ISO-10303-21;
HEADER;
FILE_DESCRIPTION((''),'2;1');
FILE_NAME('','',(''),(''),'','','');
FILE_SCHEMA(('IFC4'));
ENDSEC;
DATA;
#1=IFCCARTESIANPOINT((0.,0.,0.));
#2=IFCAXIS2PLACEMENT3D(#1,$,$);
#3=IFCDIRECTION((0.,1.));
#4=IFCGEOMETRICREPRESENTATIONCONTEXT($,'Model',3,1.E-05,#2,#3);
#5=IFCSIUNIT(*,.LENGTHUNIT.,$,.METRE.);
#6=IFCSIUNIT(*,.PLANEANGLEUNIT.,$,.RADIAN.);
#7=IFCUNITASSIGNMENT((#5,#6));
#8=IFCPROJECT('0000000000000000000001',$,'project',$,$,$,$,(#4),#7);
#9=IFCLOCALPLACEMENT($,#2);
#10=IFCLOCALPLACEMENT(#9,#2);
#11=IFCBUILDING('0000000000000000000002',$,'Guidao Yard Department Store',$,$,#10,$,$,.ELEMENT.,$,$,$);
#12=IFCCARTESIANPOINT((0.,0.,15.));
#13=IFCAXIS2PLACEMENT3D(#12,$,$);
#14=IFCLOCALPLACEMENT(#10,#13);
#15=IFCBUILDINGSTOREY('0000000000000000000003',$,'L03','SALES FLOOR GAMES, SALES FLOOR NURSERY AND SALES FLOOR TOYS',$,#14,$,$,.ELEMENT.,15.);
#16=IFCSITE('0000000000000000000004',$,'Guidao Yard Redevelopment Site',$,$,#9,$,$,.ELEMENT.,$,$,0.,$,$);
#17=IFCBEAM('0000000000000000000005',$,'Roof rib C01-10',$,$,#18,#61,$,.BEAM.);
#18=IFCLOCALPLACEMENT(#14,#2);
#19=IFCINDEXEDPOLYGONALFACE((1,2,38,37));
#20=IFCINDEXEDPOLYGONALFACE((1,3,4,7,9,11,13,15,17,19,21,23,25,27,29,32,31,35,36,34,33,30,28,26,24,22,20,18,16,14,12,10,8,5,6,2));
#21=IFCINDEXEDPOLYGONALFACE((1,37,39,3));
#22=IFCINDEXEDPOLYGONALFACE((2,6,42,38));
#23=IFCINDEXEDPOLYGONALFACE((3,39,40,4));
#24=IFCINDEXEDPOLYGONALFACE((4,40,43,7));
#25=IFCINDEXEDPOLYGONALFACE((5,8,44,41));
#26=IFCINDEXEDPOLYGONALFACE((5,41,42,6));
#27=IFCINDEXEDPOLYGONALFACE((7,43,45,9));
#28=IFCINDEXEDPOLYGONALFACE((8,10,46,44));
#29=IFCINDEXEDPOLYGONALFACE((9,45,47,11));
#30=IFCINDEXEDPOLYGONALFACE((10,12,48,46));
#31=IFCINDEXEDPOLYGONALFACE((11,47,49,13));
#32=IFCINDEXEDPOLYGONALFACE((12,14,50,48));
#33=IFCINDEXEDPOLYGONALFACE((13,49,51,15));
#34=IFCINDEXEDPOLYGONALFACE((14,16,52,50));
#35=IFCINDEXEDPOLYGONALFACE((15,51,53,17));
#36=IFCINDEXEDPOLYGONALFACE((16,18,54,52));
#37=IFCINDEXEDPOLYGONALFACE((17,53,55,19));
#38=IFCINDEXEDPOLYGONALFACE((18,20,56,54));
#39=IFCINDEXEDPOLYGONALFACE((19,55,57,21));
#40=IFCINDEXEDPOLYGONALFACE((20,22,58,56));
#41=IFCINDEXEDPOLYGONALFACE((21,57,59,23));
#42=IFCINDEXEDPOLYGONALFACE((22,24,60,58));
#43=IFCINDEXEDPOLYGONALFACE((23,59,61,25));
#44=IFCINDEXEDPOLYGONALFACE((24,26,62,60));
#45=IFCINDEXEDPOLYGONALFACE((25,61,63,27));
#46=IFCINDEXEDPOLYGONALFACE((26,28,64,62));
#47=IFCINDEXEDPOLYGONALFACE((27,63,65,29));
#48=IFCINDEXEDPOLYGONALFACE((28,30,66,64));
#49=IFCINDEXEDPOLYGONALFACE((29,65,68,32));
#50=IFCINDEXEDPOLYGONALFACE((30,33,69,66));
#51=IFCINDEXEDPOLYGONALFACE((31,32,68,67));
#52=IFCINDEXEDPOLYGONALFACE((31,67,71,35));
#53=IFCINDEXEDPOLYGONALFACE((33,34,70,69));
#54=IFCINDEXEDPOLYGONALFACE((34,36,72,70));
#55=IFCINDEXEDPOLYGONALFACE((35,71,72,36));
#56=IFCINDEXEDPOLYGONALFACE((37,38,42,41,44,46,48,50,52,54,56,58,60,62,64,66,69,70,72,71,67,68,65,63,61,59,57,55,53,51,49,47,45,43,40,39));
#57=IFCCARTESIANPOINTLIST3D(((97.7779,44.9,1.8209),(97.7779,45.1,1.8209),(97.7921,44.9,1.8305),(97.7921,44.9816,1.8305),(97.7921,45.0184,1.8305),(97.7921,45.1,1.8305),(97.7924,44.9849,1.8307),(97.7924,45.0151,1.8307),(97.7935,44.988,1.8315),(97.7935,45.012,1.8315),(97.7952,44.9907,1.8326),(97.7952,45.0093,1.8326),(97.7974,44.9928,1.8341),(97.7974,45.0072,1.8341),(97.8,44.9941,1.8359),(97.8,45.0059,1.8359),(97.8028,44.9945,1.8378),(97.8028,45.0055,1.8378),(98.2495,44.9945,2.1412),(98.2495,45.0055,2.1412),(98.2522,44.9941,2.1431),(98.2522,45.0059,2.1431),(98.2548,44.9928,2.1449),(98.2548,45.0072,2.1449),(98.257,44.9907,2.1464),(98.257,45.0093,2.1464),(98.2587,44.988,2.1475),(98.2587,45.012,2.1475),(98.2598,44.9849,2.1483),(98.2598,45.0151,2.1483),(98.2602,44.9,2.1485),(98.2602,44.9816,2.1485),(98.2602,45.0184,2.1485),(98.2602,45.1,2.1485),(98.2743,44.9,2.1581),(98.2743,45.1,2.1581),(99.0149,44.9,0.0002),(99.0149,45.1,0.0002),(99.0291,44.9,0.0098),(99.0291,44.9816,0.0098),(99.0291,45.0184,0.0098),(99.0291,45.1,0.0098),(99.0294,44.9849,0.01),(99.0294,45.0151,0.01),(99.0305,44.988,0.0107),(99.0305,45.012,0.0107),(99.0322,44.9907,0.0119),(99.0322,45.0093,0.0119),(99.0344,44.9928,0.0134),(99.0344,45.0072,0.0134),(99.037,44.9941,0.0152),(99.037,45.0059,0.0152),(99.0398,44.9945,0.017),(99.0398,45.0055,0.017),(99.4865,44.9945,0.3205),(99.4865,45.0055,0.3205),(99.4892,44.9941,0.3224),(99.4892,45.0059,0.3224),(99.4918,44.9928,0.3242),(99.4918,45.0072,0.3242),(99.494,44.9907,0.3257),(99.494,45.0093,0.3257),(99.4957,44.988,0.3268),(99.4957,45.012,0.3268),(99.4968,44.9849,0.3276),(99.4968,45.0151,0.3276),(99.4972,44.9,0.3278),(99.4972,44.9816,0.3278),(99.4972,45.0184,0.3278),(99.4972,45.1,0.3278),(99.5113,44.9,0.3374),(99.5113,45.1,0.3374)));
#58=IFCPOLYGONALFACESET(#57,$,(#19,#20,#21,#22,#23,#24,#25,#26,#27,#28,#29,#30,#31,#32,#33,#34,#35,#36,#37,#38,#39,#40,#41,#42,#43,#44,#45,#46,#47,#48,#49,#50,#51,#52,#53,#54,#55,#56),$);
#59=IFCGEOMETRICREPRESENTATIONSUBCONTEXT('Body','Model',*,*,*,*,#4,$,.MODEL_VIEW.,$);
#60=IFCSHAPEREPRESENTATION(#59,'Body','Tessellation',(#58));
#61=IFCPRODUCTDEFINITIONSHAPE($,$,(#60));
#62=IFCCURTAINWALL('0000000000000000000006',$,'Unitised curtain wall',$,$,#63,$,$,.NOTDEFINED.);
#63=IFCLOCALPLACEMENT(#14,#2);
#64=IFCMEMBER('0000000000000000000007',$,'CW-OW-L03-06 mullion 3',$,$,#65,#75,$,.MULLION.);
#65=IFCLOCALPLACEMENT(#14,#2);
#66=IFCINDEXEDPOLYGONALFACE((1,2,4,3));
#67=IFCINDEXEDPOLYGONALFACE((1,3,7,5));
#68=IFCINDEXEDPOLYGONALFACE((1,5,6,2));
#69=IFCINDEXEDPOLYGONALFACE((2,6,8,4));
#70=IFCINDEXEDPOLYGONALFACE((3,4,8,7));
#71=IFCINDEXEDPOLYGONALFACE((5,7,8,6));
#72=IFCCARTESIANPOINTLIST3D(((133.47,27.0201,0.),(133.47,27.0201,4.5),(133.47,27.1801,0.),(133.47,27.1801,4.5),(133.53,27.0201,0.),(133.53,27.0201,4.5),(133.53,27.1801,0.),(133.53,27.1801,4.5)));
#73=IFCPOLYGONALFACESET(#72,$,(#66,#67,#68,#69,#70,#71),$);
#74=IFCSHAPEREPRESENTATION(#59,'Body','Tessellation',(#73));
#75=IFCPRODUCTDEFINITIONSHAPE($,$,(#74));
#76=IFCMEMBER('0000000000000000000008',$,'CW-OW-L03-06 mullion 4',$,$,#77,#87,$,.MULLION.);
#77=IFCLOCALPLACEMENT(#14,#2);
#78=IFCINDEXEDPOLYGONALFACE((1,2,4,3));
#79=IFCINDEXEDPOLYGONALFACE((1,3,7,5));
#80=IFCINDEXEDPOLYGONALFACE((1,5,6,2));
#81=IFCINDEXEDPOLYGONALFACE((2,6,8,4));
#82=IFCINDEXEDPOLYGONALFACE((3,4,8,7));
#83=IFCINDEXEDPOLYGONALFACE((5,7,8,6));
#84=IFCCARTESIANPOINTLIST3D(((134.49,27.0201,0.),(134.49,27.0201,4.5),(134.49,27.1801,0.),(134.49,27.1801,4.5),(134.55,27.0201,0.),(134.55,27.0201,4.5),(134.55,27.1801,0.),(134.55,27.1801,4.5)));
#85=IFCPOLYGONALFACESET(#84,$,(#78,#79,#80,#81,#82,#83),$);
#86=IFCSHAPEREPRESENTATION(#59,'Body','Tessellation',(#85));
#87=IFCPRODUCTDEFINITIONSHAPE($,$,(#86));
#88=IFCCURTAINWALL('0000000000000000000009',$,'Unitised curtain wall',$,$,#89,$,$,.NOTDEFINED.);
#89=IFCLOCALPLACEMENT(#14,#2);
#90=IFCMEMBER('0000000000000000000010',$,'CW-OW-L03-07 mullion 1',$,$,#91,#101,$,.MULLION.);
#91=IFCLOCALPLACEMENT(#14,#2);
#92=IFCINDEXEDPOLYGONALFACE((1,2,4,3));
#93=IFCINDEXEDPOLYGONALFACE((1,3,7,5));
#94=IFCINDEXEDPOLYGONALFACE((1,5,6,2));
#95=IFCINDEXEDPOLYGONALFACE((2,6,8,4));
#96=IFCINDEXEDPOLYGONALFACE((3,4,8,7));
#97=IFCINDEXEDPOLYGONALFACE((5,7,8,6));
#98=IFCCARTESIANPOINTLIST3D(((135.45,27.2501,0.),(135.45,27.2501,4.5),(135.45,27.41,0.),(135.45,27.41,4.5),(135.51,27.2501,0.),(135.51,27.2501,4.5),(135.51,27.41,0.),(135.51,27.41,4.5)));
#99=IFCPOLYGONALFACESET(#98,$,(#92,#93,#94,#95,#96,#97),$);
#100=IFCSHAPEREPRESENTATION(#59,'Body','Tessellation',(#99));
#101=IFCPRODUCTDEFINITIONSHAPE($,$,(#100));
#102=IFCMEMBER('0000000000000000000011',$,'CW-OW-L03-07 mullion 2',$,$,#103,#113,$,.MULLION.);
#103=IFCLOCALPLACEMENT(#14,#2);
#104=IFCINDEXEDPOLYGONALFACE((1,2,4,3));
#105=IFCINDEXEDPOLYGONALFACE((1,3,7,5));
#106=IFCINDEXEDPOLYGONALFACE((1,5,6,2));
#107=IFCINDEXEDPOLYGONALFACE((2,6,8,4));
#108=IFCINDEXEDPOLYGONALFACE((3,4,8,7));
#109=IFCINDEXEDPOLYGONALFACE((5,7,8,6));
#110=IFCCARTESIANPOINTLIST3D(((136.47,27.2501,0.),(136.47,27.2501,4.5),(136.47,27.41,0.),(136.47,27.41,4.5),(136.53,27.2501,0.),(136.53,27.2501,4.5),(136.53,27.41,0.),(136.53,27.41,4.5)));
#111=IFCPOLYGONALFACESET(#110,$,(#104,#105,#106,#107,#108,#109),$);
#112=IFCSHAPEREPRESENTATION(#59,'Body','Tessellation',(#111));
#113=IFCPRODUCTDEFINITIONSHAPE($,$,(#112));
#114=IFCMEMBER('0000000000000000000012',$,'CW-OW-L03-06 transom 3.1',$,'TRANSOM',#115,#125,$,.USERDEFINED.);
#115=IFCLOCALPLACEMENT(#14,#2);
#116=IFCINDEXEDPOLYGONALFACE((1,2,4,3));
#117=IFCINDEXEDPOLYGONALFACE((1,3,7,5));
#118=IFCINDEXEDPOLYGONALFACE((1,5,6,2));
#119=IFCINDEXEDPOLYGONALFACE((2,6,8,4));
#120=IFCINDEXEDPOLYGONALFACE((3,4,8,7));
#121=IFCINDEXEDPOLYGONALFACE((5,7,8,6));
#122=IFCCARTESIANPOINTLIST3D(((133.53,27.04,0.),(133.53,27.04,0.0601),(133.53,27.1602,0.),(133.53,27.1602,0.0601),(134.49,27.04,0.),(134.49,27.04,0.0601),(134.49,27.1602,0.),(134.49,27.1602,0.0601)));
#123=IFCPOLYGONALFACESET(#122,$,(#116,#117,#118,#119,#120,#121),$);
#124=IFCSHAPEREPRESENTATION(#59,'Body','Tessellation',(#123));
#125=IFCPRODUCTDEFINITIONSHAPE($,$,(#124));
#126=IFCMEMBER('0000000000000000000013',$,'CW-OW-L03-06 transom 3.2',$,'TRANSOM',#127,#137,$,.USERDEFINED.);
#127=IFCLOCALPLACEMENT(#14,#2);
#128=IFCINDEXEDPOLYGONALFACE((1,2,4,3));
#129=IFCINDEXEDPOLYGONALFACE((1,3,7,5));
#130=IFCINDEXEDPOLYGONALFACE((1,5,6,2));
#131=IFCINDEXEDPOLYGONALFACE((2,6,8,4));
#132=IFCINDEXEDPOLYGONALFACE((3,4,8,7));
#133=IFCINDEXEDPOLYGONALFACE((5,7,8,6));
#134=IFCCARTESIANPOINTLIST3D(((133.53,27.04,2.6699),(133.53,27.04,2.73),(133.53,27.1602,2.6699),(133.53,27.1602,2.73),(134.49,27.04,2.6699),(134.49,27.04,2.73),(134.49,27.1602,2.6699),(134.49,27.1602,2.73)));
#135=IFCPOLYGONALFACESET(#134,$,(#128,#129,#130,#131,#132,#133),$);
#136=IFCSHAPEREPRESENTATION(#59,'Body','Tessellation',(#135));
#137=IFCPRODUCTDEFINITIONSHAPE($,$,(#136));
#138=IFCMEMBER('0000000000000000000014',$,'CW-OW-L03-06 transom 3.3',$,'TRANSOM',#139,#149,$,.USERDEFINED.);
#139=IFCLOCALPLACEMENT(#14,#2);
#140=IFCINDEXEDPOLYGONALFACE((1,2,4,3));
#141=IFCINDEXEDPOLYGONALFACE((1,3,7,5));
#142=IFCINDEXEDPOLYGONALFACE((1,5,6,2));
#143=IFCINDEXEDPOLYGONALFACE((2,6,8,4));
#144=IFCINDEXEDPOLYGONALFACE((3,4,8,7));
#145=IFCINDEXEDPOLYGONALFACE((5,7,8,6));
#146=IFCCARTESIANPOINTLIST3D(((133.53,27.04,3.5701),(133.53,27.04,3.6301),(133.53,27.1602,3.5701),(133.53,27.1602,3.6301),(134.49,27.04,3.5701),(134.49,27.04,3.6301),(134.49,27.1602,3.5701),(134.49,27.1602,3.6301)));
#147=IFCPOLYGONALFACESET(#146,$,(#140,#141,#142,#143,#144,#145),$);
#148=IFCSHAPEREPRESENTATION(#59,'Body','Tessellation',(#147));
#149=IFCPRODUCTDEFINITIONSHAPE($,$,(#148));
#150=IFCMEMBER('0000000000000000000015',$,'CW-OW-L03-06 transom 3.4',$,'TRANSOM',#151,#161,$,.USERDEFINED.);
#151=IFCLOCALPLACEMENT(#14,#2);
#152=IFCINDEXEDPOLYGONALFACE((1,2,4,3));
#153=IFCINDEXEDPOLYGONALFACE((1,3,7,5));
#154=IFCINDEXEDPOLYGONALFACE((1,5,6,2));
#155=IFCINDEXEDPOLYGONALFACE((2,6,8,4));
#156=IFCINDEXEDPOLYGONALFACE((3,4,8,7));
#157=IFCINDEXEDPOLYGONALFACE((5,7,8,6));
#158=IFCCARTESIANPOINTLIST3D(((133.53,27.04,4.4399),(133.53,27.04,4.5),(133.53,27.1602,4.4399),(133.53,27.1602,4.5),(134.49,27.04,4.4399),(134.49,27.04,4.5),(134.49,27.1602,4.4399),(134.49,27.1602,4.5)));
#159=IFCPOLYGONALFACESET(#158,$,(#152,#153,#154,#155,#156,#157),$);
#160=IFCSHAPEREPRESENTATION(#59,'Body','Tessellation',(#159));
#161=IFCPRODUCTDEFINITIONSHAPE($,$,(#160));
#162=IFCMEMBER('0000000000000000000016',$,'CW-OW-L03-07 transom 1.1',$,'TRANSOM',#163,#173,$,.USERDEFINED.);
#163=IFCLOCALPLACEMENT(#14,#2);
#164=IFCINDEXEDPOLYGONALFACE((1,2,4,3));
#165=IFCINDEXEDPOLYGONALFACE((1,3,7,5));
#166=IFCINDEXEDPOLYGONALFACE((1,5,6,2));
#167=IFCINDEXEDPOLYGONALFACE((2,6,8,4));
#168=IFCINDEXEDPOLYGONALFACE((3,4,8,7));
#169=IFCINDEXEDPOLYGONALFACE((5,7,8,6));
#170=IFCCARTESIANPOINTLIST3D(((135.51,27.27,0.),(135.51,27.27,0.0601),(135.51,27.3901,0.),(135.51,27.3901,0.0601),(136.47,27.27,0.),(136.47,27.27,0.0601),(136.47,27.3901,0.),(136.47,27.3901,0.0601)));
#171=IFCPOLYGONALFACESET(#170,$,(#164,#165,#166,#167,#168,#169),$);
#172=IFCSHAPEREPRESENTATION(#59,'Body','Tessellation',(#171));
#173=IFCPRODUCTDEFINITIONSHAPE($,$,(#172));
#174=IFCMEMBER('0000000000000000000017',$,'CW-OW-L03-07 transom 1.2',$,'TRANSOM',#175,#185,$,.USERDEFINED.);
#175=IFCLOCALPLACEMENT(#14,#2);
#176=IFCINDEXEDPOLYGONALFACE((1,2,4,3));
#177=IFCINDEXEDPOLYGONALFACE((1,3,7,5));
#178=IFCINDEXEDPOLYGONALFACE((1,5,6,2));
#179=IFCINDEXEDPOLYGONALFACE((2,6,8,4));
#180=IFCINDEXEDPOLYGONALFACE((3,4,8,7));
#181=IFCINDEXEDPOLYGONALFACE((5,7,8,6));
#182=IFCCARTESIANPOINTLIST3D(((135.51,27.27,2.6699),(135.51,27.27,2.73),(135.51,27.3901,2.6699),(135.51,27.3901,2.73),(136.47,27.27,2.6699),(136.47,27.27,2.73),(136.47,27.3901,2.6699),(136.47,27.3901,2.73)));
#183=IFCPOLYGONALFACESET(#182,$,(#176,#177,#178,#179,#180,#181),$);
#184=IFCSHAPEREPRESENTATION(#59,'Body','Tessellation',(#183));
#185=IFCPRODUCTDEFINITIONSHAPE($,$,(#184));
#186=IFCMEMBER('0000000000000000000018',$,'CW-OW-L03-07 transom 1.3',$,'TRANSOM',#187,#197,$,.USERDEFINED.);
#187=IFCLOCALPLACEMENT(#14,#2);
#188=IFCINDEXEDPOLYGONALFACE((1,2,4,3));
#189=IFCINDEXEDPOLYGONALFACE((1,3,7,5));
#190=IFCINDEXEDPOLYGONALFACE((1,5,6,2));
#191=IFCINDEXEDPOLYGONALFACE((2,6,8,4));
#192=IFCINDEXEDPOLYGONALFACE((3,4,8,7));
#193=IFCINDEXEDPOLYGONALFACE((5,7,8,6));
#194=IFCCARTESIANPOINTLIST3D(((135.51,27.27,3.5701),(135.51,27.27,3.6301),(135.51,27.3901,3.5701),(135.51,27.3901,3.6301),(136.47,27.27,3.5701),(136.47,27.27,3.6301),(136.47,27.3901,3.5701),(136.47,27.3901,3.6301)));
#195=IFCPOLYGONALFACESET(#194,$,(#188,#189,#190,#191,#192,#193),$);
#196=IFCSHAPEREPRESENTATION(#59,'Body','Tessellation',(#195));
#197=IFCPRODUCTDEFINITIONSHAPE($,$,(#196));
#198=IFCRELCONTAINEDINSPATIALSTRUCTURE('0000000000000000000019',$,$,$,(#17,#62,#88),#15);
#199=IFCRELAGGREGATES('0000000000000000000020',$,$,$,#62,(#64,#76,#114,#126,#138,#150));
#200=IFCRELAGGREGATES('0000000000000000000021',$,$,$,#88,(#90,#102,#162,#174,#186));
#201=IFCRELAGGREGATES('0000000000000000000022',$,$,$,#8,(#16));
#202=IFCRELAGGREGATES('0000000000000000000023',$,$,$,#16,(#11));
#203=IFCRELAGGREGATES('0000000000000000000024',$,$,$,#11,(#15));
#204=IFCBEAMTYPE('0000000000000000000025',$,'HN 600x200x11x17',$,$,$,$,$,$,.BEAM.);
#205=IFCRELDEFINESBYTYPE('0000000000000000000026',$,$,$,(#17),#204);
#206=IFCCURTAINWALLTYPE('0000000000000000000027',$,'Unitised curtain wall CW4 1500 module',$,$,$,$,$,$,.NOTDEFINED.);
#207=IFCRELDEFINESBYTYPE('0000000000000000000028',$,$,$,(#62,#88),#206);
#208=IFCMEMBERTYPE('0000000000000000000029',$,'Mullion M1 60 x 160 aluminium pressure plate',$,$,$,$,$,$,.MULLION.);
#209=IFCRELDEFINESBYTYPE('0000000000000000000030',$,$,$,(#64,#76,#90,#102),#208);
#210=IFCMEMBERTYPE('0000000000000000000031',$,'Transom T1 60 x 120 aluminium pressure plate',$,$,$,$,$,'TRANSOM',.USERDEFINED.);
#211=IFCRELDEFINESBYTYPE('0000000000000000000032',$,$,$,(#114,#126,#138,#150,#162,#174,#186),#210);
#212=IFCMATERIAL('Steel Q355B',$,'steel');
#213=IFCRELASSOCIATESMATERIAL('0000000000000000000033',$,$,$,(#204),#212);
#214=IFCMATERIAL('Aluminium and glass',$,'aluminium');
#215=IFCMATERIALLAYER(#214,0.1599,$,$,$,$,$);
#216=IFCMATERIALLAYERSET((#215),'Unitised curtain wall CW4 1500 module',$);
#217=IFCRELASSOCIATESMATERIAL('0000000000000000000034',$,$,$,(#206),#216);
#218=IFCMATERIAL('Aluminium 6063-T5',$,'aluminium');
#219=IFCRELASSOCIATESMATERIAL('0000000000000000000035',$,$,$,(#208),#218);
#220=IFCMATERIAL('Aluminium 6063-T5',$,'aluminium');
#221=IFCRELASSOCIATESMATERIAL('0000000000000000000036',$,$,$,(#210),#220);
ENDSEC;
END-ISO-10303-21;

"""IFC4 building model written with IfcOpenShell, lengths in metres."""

from ifc_helpers import new_model, si_unit, direction, frame, origin, origin_2d, place, context, subcontext, project, spatial, rectangle, i_section, extrude, material, layer, layer_set, material_profile, profile_set, type_object, element, aggregate, save


model = new_model("IFC4")

# Units and contexts
model_context = context("Model", 3, precision=1e-05, world=origin(), true_north=direction((0.0, 1.0)))
body_context = subcontext(model_context, "Body", "Model", "MODEL_VIEW")
ifc_project = project(units=[si_unit("LENGTHUNIT", "METRE"), si_unit("PLANEANGLEUNIT", "RADIAN")], contexts=[model_context])

# Site, building, storey
site_placement = place(None, origin())
site = spatial("IfcSite", under=ifc_project, at=site_placement, Name="Guidao Yard Redevelopment Site", CompositionType="ELEMENT", RefElevation=0.0)
building_placement = place(site_placement, origin())
building = spatial("IfcBuilding", under=site, at=building_placement, Name="Guidao Yard Department Store", CompositionType="ELEMENT")
storey_placement = place(building_placement, frame((0.0, 0.0, 15.0)))
storey = spatial("IfcBuildingStorey", under=building, at=storey_placement, Name="L03", Description="SALES FLOOR GAMES, SALES FLOOR NURSERY AND SALES FLOOR TOYS", CompositionType="ELEMENT", Elevation=15.0)

# Beam
ifc_material_1 = material(Name="Steel Q355B", Category="steel")
ifc_material_profile_1 = material_profile(ifc_material_1, i_section(OverallWidth=0.2, OverallDepth=0.6001, WebThickness=0.011, FlangeThickness=0.0171, FilletRadius=0.0129, at=origin_2d()), Name="HN 600x200x11x17")
ifc_profile_set_1 = profile_set([ifc_material_profile_1], Name="Steel Q355B")
beam_type_1 = type_object("IfcBeamType", Name="HN 600x200x11x17", PredefinedType="BEAM", material=ifc_profile_set_1)
beam_1_placement = place(storey_placement, frame((98.0261, 45.0, 1.9895), z_axis=(0.561973, 0.0, -0.827155), x_axis=(0.0, 1.0, 0.0)))
element("IfcBeam", 1, at=beam_1_placement, inside=storey, type_object=beam_type_1, Name="Roof rib C01-10", PredefinedType="BEAM", context=body_context, shape_type="SweptSolid", body=[
    extrude(i_section(OverallWidth=0.2, OverallDepth=0.6001, WebThickness=0.011, FlangeThickness=0.0171, FilletRadius=0.0129, at=origin_2d()), origin(), (0.0, 0.0, 1.0), 2.2012),
])

# Curtain walls, members
ifc_material_2 = material(Name="Aluminium and glass", Category="aluminium")
ifc_layer_1 = layer(ifc_material_2, 0.1599)
ifc_layer_set_1 = layer_set([ifc_layer_1], Name="Unitised curtain wall CW4 1500 module")
curtain_wall_type = type_object("IfcCurtainWallType", Name="Unitised curtain wall CW4 1500 module", PredefinedType="NOTDEFINED", material=ifc_layer_set_1)
curtain_wall_1_placement = place(storey_placement, origin())
curtain_wall_1 = element("IfcCurtainWall", 2, at=curtain_wall_1_placement, inside=storey, type_object=curtain_wall_type, Name="Unitised curtain wall", PredefinedType="NOTDEFINED")
ifc_material_3 = material(Name="Aluminium 6063-T5", Category="aluminium")
ifc_material_profile_2 = material_profile(ifc_material_3, rectangle(XDim=0.0601, YDim=0.1599, at=origin_2d()), Name="Mullion M1 60 x 160 aluminium pressure plate")
ifc_profile_set_2 = profile_set([ifc_material_profile_2], Name="Aluminium 6063-T5")
member_type_1 = type_object("IfcMemberType", Name="Mullion M1 60 x 160 aluminium pressure plate", PredefinedType="MULLION", material=ifc_profile_set_2)
member_1_placement = place(storey_placement, frame((133.5, 27.1001, 0.0), z_axis=(0.0, 0.0, 1.0), x_axis=(1.0, 0.0, 0.0)))
member_1 = element("IfcMember", 3, at=member_1_placement, type_object=member_type_1, Name="CW-OW-L03-06 mullion 3", PredefinedType="MULLION", context=body_context, shape_type="SweptSolid", body=[
    extrude(rectangle(XDim=0.0601, YDim=0.1599, at=origin_2d()), origin(), (0.0, 0.0, 1.0), 4.5),
])
member_2_placement = place(storey_placement, frame((134.52, 27.1001, 0.0), z_axis=(0.0, 0.0, 1.0), x_axis=(1.0, 0.0, 0.0)))
member_2 = element("IfcMember", 4, at=member_2_placement, type_object=member_type_1, Name="CW-OW-L03-06 mullion 4", PredefinedType="MULLION", context=body_context, shape_type="SweptSolid", body=[
    extrude(rectangle(XDim=0.0601, YDim=0.1599, at=origin_2d()), origin(), (0.0, 0.0, 1.0), 4.5),
])
curtain_wall_2_placement = place(storey_placement, origin())
curtain_wall_2 = element("IfcCurtainWall", 5, at=curtain_wall_2_placement, inside=storey, type_object=curtain_wall_type, Name="Unitised curtain wall", PredefinedType="NOTDEFINED")
member_3_placement = place(storey_placement, frame((135.48, 27.3301, 0.0), z_axis=(0.0, 0.0, 1.0), x_axis=(1.0, 0.0, 0.0)))
member_3 = element("IfcMember", 6, at=member_3_placement, type_object=member_type_1, Name="CW-OW-L03-07 mullion 1", PredefinedType="MULLION", context=body_context, shape_type="SweptSolid", body=[
    extrude(rectangle(XDim=0.0601, YDim=0.1599, at=origin_2d()), origin(), (0.0, 0.0, 1.0), 4.5),
])
member_4_placement = place(storey_placement, frame((136.5, 27.3301, 0.0), z_axis=(0.0, 0.0, 1.0), x_axis=(1.0, 0.0, 0.0)))
member_4 = element("IfcMember", 7, at=member_4_placement, type_object=member_type_1, Name="CW-OW-L03-07 mullion 2", PredefinedType="MULLION", context=body_context, shape_type="SweptSolid", body=[
    extrude(rectangle(XDim=0.0601, YDim=0.1599, at=origin_2d()), origin(), (0.0, 0.0, 1.0), 4.5),
])

# Members
ifc_material_4 = material(Name="Aluminium 6063-T5", Category="aluminium")
ifc_material_profile_3 = material_profile(ifc_material_4, rectangle(XDim=0.1201, YDim=0.0601, at=origin_2d()), Name="Transom T1 60 x 120 aluminium pressure plate")
ifc_profile_set_3 = profile_set([ifc_material_profile_3], Name="Aluminium 6063-T5")
member_type_2 = type_object("IfcMemberType", Name="Transom T1 60 x 120 aluminium pressure plate", ElementType="TRANSOM", PredefinedType="USERDEFINED", material=ifc_profile_set_3)
member_5_placement = place(storey_placement, frame((133.53, 27.1001, 0.03), z_axis=(1.0, 0.0, 0.0), x_axis=(0.0, 1.0, 0.0)))
member_5 = element("IfcMember", 8, at=member_5_placement, type_object=member_type_2, Name="CW-OW-L03-06 transom 3.1", ObjectType="TRANSOM", PredefinedType="USERDEFINED", context=body_context, shape_type="SweptSolid", body=[
    extrude(rectangle(XDim=0.1201, YDim=0.0601, at=origin_2d()), origin(), (0.0, 0.0, 1.0), 0.96),
])
member_6_placement = place(storey_placement, frame((133.53, 27.1001, 2.7), z_axis=(1.0, 0.0, 0.0), x_axis=(0.0, 1.0, 0.0)))
member_6 = element("IfcMember", 9, at=member_6_placement, type_object=member_type_2, Name="CW-OW-L03-06 transom 3.2", ObjectType="TRANSOM", PredefinedType="USERDEFINED", context=body_context, shape_type="SweptSolid", body=[
    extrude(rectangle(XDim=0.1201, YDim=0.0601, at=origin_2d()), origin(), (0.0, 0.0, 1.0), 0.96),
])
member_7_placement = place(storey_placement, frame((133.53, 27.1001, 3.6001), z_axis=(1.0, 0.0, 0.0), x_axis=(0.0, 1.0, 0.0)))
member_7 = element("IfcMember", 10, at=member_7_placement, type_object=member_type_2, Name="CW-OW-L03-06 transom 3.3", ObjectType="TRANSOM", PredefinedType="USERDEFINED", context=body_context, shape_type="SweptSolid", body=[
    extrude(rectangle(XDim=0.1201, YDim=0.0601, at=origin_2d()), origin(), (0.0, 0.0, 1.0), 0.96),
])
member_8_placement = place(storey_placement, frame((133.53, 27.1001, 4.47), z_axis=(1.0, 0.0, 0.0), x_axis=(0.0, 1.0, 0.0)))
member_8 = element("IfcMember", 11, at=member_8_placement, type_object=member_type_2, Name="CW-OW-L03-06 transom 3.4", ObjectType="TRANSOM", PredefinedType="USERDEFINED", context=body_context, shape_type="SweptSolid", body=[
    extrude(rectangle(XDim=0.1201, YDim=0.0601, at=origin_2d()), origin(), (0.0, 0.0, 1.0), 0.96),
])
member_9_placement = place(storey_placement, frame((135.51, 27.3301, 0.03), z_axis=(1.0, 0.0, 0.0), x_axis=(0.0, 1.0, 0.0)))
member_9 = element("IfcMember", 12, at=member_9_placement, type_object=member_type_2, Name="CW-OW-L03-07 transom 1.1", ObjectType="TRANSOM", PredefinedType="USERDEFINED", context=body_context, shape_type="SweptSolid", body=[
    extrude(rectangle(XDim=0.1201, YDim=0.0601, at=origin_2d()), origin(), (0.0, 0.0, 1.0), 0.96),
])
member_10_placement = place(storey_placement, frame((135.51, 27.3301, 2.7), z_axis=(1.0, 0.0, 0.0), x_axis=(0.0, 1.0, 0.0)))
member_10 = element("IfcMember", 13, at=member_10_placement, type_object=member_type_2, Name="CW-OW-L03-07 transom 1.2", ObjectType="TRANSOM", PredefinedType="USERDEFINED", context=body_context, shape_type="SweptSolid", body=[
    extrude(rectangle(XDim=0.1201, YDim=0.0601, at=origin_2d()), origin(), (0.0, 0.0, 1.0), 0.96),
])
member_11_placement = place(storey_placement, frame((135.51, 27.3301, 3.6001), z_axis=(1.0, 0.0, 0.0), x_axis=(0.0, 1.0, 0.0)))
member_11 = element("IfcMember", 14, at=member_11_placement, type_object=member_type_2, Name="CW-OW-L03-07 transom 1.3", ObjectType="TRANSOM", PredefinedType="USERDEFINED", context=body_context, shape_type="SweptSolid", body=[
    extrude(rectangle(XDim=0.1201, YDim=0.0601, at=origin_2d()), origin(), (0.0, 0.0, 1.0), 0.96),
])

aggregate(curtain_wall_1, [member_1, member_2, member_5, member_6, member_7, member_8])
aggregate(curtain_wall_2, [member_3, member_4, member_9, member_10, member_11])

save(model, "model.ifc")
